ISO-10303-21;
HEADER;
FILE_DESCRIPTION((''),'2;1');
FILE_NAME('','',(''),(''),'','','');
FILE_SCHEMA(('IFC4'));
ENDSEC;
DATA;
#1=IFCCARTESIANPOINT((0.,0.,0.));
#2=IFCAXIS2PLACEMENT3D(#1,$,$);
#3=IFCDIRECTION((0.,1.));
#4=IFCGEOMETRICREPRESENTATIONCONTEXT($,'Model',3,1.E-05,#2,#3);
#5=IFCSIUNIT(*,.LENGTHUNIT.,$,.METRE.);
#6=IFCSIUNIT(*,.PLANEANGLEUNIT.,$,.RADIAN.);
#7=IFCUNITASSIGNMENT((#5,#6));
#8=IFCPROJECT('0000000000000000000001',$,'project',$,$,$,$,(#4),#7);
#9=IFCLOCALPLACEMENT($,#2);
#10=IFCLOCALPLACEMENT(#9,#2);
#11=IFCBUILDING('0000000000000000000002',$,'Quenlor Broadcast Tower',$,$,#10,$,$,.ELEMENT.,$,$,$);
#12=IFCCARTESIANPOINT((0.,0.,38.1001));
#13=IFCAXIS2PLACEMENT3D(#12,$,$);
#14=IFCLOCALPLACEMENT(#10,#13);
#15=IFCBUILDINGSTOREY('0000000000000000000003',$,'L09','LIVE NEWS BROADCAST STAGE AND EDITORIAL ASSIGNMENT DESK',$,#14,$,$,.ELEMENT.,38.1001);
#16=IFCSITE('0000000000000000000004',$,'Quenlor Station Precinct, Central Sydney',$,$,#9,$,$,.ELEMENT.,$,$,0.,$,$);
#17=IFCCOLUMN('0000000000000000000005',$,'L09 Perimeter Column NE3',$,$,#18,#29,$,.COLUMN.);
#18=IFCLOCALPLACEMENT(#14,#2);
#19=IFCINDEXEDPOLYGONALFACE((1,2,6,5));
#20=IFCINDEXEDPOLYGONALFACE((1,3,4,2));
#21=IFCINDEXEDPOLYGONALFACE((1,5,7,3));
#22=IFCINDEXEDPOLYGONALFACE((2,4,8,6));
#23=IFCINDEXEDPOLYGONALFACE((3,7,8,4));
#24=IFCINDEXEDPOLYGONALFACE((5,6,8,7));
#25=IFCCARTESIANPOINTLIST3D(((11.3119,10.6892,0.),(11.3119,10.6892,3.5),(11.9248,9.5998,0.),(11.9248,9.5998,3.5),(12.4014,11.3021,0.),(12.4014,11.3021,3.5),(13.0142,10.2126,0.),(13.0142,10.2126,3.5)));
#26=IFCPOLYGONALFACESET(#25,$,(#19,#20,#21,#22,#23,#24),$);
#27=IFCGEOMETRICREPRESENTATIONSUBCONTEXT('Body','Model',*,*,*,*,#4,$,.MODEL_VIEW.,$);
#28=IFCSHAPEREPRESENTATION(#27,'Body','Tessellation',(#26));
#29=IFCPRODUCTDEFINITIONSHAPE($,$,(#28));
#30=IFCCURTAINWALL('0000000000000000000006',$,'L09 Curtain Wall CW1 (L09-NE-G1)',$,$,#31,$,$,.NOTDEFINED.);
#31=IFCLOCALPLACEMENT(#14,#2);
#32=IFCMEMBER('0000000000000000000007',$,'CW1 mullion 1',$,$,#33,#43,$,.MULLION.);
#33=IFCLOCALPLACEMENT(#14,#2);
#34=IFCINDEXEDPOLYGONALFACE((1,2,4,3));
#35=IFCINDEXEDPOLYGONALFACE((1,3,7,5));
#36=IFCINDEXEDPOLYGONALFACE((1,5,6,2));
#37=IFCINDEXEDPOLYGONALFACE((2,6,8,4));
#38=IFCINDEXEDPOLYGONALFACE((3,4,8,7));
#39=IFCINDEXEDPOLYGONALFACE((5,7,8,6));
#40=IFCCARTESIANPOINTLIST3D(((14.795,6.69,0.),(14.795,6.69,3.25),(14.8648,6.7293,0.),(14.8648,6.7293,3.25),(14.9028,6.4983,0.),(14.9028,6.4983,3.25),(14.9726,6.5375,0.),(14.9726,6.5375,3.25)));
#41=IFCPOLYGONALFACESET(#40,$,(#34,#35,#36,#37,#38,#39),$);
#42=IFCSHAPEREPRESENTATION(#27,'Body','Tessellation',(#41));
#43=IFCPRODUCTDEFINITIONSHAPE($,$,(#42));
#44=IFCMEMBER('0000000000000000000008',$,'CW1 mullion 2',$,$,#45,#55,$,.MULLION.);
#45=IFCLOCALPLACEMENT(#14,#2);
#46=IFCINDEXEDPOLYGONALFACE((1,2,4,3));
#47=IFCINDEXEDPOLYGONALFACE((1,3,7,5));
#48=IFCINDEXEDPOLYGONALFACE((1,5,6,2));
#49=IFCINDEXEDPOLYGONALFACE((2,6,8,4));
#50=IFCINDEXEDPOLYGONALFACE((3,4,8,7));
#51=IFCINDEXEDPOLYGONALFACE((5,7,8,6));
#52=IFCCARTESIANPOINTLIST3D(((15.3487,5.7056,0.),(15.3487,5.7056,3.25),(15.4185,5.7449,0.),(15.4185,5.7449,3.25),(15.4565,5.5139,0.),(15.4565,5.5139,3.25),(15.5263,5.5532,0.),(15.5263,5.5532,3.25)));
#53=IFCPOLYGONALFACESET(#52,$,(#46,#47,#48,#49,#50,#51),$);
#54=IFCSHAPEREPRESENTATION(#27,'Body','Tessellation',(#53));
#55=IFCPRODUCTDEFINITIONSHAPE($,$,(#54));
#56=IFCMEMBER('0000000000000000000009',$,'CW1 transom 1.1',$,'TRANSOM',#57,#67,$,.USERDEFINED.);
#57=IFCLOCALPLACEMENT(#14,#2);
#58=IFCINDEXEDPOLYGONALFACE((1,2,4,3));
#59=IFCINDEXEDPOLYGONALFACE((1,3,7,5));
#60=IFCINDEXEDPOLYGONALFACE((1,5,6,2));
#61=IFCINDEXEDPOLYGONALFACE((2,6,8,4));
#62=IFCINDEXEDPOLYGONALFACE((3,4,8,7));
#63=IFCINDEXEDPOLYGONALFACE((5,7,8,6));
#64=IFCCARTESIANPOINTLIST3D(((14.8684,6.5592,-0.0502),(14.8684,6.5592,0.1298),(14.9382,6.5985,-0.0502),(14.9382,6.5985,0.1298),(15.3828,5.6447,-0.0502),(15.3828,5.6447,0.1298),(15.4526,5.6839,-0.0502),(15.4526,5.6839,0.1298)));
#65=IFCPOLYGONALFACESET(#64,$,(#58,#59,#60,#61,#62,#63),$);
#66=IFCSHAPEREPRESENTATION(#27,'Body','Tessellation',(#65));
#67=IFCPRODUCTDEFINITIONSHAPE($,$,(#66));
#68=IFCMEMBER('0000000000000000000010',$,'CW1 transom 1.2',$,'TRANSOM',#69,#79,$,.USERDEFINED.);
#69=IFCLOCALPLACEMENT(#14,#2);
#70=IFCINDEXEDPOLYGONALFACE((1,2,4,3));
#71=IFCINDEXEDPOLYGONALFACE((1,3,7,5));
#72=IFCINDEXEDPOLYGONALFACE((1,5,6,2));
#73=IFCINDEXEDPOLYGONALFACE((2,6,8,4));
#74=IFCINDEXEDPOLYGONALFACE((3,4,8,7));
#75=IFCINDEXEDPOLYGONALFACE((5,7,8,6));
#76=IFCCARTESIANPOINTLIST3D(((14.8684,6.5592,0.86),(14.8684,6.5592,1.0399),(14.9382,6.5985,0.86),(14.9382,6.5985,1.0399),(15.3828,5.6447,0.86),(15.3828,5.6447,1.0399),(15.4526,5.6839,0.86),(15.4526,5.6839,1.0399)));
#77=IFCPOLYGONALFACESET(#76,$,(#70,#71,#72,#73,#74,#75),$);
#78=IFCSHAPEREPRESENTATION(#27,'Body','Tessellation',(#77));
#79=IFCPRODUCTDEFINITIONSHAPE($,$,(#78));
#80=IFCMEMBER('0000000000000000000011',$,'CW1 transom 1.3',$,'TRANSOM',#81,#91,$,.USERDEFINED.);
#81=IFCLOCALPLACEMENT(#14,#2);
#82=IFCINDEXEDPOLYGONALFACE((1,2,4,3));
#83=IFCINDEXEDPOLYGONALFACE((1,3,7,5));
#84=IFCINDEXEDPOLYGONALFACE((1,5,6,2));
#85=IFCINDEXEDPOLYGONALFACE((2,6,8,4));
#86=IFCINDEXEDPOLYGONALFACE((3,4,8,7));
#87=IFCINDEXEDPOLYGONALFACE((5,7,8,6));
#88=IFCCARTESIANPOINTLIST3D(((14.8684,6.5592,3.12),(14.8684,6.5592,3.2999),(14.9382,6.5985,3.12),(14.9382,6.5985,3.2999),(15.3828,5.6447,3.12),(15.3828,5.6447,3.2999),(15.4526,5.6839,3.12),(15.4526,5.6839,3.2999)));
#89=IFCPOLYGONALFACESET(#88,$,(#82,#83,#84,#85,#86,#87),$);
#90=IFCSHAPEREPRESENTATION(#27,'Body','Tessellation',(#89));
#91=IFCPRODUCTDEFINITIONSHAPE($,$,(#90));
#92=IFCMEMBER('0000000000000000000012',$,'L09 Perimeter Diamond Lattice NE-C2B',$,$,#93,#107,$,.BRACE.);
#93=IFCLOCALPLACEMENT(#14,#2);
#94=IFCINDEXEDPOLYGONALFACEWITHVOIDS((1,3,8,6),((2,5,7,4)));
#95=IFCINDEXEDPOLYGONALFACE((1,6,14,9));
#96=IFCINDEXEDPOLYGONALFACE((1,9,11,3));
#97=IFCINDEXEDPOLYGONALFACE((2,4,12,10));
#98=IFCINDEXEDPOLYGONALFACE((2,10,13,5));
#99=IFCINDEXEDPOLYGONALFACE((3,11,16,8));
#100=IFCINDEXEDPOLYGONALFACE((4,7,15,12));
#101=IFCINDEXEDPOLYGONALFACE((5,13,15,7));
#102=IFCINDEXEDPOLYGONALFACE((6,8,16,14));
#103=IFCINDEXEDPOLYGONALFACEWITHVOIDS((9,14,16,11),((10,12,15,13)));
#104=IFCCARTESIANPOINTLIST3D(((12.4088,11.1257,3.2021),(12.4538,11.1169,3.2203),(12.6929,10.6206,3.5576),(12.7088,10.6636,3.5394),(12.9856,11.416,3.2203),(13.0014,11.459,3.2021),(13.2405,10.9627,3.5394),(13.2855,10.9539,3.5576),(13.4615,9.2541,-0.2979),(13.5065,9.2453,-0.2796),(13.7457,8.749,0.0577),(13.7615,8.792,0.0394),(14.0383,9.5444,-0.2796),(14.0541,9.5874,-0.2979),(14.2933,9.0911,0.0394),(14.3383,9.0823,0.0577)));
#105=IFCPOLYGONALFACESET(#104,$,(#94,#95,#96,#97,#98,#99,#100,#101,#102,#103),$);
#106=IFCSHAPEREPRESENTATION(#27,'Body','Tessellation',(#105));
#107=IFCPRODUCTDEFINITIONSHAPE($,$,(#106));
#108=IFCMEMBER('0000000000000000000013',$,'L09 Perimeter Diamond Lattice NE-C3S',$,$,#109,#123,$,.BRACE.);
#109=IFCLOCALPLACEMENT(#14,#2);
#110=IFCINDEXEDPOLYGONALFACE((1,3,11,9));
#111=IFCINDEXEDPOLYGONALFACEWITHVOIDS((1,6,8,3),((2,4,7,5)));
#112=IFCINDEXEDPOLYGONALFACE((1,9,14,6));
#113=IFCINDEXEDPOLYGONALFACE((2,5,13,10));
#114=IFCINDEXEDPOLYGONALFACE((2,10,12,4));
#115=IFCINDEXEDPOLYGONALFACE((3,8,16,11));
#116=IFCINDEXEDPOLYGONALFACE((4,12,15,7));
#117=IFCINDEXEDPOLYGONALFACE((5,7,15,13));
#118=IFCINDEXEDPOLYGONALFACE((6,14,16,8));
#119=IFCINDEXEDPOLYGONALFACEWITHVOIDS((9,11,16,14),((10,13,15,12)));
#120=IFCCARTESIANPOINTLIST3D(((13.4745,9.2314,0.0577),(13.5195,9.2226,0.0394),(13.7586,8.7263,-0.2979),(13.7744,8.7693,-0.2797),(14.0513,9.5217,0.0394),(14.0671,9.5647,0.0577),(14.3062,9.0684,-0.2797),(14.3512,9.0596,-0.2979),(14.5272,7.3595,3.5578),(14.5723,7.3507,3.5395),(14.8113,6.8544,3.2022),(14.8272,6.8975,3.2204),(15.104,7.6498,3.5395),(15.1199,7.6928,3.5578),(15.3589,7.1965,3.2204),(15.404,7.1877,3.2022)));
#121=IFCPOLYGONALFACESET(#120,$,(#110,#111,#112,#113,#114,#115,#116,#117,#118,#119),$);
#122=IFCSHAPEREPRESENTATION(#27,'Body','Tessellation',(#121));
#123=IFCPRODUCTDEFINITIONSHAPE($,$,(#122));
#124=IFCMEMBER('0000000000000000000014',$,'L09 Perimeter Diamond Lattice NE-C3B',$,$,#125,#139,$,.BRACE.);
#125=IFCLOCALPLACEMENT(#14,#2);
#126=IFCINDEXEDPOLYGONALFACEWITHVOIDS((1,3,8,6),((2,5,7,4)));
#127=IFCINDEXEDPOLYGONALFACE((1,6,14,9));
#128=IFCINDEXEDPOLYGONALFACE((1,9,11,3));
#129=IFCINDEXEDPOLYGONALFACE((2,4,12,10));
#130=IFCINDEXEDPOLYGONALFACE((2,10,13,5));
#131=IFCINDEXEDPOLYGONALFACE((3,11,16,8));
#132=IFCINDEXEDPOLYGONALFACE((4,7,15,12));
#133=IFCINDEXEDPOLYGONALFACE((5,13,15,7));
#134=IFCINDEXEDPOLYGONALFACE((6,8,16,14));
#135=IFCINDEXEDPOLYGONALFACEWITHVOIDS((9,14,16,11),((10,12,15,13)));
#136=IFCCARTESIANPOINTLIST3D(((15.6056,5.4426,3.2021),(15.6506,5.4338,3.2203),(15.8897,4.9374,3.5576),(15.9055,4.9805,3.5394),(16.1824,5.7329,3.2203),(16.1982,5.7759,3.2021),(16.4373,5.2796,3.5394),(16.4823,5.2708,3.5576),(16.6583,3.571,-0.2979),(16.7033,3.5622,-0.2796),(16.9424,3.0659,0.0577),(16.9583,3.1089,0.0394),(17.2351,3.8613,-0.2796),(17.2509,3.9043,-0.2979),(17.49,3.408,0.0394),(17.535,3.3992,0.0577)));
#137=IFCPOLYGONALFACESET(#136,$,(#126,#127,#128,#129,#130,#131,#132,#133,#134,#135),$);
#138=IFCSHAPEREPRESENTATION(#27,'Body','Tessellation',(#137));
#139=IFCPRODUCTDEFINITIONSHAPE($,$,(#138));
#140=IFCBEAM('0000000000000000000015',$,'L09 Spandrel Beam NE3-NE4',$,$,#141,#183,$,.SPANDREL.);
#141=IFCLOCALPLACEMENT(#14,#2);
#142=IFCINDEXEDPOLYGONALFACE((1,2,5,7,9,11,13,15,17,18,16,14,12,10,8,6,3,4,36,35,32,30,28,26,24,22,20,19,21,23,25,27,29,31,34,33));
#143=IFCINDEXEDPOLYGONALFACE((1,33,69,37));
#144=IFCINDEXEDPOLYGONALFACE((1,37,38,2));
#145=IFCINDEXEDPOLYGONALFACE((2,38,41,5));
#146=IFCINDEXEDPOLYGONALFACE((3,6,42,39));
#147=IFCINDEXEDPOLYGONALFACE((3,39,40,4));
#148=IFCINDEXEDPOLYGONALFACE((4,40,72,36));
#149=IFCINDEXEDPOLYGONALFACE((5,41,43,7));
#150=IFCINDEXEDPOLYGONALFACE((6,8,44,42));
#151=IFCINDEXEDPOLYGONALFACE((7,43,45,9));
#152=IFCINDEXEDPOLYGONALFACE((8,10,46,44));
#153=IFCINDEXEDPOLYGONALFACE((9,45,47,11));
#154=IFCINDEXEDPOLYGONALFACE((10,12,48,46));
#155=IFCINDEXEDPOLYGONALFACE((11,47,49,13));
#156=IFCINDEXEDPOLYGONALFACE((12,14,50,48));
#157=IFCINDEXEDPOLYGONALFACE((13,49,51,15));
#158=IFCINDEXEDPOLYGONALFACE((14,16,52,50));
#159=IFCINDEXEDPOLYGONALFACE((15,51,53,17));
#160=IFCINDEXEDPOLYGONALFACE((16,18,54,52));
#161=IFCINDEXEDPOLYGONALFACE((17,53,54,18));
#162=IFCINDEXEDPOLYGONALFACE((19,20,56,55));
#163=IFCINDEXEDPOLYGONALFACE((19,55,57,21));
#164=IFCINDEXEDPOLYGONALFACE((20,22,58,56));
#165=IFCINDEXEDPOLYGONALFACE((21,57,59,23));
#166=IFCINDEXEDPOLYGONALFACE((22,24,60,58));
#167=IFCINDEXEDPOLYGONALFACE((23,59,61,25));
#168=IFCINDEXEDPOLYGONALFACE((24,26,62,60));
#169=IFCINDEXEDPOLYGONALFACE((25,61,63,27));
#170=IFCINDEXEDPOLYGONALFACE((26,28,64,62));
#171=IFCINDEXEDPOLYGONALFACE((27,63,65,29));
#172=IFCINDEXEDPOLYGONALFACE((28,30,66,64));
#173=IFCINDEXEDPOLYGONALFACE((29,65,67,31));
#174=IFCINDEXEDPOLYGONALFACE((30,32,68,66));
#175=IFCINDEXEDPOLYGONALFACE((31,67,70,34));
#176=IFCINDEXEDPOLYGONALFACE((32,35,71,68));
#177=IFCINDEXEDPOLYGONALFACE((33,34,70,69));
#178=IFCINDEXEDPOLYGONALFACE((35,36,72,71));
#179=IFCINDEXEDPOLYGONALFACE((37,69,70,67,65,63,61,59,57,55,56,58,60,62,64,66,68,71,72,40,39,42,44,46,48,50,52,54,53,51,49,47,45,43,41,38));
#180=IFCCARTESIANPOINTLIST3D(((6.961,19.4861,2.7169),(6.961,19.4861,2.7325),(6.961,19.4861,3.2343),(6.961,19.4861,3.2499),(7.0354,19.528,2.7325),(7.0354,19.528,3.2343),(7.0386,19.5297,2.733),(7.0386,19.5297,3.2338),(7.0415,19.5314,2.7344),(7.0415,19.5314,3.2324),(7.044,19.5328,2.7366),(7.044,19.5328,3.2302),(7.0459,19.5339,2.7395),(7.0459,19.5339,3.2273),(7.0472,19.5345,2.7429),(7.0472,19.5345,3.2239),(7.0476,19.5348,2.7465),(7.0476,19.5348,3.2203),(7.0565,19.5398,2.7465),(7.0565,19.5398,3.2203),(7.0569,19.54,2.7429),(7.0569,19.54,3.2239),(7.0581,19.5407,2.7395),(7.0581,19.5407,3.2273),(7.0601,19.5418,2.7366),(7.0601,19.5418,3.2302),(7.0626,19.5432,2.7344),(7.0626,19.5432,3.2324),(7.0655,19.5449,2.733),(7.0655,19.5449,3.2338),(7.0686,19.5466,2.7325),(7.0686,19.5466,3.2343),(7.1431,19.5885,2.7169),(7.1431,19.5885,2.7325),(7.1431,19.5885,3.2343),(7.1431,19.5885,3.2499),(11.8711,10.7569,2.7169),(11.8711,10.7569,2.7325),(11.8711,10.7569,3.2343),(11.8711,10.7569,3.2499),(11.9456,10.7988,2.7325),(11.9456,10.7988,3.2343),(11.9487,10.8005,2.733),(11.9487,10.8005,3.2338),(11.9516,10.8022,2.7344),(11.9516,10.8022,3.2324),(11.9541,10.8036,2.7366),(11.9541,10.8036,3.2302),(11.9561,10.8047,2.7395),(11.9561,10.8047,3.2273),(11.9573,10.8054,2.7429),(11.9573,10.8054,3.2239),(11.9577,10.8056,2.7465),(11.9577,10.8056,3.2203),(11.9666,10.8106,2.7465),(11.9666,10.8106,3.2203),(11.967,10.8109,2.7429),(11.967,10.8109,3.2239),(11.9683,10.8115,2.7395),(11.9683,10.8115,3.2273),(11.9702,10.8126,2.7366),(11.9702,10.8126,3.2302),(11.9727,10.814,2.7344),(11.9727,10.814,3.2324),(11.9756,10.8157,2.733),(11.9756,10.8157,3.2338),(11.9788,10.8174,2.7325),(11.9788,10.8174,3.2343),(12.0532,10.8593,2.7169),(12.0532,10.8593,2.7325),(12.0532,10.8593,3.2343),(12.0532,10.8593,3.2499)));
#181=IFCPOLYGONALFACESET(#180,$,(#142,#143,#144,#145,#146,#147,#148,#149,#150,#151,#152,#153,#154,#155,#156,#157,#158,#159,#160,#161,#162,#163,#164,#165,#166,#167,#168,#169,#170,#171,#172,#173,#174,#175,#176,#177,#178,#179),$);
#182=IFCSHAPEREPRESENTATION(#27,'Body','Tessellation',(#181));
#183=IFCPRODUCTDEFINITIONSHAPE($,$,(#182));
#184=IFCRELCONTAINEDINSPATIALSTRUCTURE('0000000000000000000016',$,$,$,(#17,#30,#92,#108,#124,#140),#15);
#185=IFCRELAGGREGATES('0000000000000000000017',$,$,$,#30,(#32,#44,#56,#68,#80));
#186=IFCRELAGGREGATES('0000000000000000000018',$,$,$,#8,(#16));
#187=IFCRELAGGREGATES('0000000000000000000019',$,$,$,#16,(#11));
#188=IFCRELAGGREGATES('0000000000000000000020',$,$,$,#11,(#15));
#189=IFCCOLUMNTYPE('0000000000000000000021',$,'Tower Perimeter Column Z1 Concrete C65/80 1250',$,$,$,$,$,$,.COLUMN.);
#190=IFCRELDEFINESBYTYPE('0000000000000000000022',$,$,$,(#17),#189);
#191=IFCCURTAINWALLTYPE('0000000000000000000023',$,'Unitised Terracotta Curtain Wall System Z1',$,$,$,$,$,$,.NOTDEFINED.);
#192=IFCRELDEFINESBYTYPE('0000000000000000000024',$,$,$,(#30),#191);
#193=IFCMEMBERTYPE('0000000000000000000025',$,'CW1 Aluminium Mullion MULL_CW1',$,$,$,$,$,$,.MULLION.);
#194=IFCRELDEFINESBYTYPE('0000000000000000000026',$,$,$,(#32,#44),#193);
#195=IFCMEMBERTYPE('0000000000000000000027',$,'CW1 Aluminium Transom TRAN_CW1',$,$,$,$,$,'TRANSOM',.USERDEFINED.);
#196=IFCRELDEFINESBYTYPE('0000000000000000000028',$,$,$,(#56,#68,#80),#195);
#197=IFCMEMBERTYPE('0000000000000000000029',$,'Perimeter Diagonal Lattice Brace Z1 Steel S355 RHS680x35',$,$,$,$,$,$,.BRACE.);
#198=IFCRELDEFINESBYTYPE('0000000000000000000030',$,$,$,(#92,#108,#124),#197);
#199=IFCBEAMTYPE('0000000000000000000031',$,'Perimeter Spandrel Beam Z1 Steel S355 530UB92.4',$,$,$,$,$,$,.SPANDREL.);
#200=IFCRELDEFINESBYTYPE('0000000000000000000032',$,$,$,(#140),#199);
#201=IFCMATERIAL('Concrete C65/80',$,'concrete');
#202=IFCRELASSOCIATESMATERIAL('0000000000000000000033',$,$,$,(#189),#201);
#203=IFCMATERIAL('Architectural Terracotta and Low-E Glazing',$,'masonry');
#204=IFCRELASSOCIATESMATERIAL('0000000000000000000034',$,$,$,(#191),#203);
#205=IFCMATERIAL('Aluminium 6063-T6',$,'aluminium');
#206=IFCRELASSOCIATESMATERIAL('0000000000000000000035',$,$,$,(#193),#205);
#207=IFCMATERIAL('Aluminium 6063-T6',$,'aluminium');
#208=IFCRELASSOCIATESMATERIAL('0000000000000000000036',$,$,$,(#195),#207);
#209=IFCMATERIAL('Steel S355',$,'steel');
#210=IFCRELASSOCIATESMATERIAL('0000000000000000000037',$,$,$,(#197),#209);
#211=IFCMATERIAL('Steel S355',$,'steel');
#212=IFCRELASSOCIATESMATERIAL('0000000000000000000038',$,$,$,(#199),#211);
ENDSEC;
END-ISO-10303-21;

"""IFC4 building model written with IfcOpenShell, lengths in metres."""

from ifc_helpers import new_model, si_unit, direction, frame, origin, origin_2d, place, context, subcontext, project, spatial, rectangle, hollow_rectangle, i_section, extrude, material, material_profile, profile_set, type_object, element, aggregate, save


model = new_model("IFC4")

# Units and contexts
model_context = context("Model", 3, precision=1e-05, world=origin(), true_north=direction((0.0, 1.0)))
body_context = subcontext(model_context, "Body", "Model", "MODEL_VIEW")
ifc_project = project(units=[si_unit("LENGTHUNIT", "METRE"), si_unit("PLANEANGLEUNIT", "RADIAN")], contexts=[model_context])

# Site, building, storey
site_placement = place(None, origin())
site = spatial("IfcSite", under=ifc_project, at=site_placement, Name="Quenlor Station Precinct, Central Sydney", CompositionType="ELEMENT", RefElevation=0.0)
building_placement = place(site_placement, origin())
building = spatial("IfcBuilding", under=site, at=building_placement, Name="Quenlor Broadcast Tower", CompositionType="ELEMENT")
storey_placement = place(building_placement, frame((0.0, 0.0, 38.1001)))
storey = spatial("IfcBuildingStorey", under=building, at=storey_placement, Name="L09", Description="LIVE NEWS BROADCAST STAGE AND EDITORIAL ASSIGNMENT DESK", CompositionType="ELEMENT", Elevation=38.1001)

# Column
ifc_material_1 = material(Name="Concrete C65/80", Category="concrete")
ifc_material_profile_1 = material_profile(ifc_material_1, rectangle(XDim=1.25, YDim=1.25, at=origin_2d()))
ifc_profile_set_1 = profile_set([ifc_material_profile_1], Name="Concrete C65/80 RC1250x1250")
column_type = type_object("IfcColumnType", Name="Tower Perimeter Column Z1 Concrete C65/80 1250", PredefinedType="COLUMN", material=ifc_profile_set_1)
column_placement = place(storey_placement, frame((12.1631, 10.4509, 0.0), z_axis=(0.0, 0.0, 1.0), x_axis=(0.871575, 0.490262, 0.0)))
element("IfcColumn", 1, at=column_placement, inside=storey, type_object=column_type, Name="L09 Perimeter Column NE3", PredefinedType="COLUMN", context=body_context, shape_type="SweptSolid", body=[
    extrude(rectangle(XDim=1.25, YDim=1.25, at=origin_2d()), origin(), (0.0, 0.0, 1.0), 3.5),
])

# Curtain wall, members
ifc_material_2 = material(Name="Architectural Terracotta and Low-E Glazing", Category="masonry")
curtain_wall_type = type_object("IfcCurtainWallType", Name="Unitised Terracotta Curtain Wall System Z1", PredefinedType="NOTDEFINED", material=ifc_material_2)
curtain_wall_placement = place(storey_placement, origin())
curtain_wall = element("IfcCurtainWall", 2, at=curtain_wall_placement, inside=storey, type_object=curtain_wall_type, Name="L09 Curtain Wall CW1 (L09-NE-G1)", PredefinedType="NOTDEFINED")
ifc_material_3 = material(Name="Aluminium 6063-T6", Category="aluminium")
ifc_material_profile_2 = material_profile(ifc_material_3, rectangle(XDim=0.0801, YDim=0.22, at=origin_2d()))
ifc_profile_set_2 = profile_set([ifc_material_profile_2], Name="Aluminium 6063-T6 MULL80x220")
member_type_1 = type_object("IfcMemberType", Name="CW1 Aluminium Mullion MULL_CW1", PredefinedType="MULLION", material=ifc_profile_set_2)
member_1_placement = place(storey_placement, frame((14.8838, 6.6138, 0.0), z_axis=(0.0, 0.0, 1.0), x_axis=(0.871567, 0.490277, 0.0)))
member_1 = element("IfcMember", 3, at=member_1_placement, type_object=member_type_1, Name="CW1 mullion 1", PredefinedType="MULLION", context=body_context, shape_type="SweptSolid", body=[
    extrude(rectangle(XDim=0.0801, YDim=0.22, at=origin_2d()), origin(), (0.0, 0.0, 1.0), 3.25),
])
member_2_placement = place(storey_placement, frame((15.4375, 5.6294, 0.0), z_axis=(0.0, 0.0, 1.0), x_axis=(0.871567, 0.490277, 0.0)))
member_2 = element("IfcMember", 4, at=member_2_placement, type_object=member_type_1, Name="CW1 mullion 2", PredefinedType="MULLION", context=body_context, shape_type="SweptSolid", body=[
    extrude(rectangle(XDim=0.0801, YDim=0.22, at=origin_2d()), origin(), (0.0, 0.0, 1.0), 3.25),
])
ifc_material_4 = material(Name="Aluminium 6063-T6", Category="aluminium")
ifc_material_profile_3 = material_profile(ifc_material_4, rectangle(XDim=0.0801, YDim=0.1799, at=origin_2d()))
ifc_profile_set_3 = profile_set([ifc_material_profile_3], Name="Aluminium 6063-T6 TRAN80x180")
member_type_2 = type_object("IfcMemberType", Name="CW1 Aluminium Transom TRAN_CW1", ElementType="TRANSOM", PredefinedType="USERDEFINED", material=ifc_profile_set_3)
member_3_placement = place(storey_placement, frame((14.9033, 6.5789, 0.0398), z_axis=(0.490239, -0.871588, 0.0), x_axis=(0.871588, 0.490239, 0.0)))
member_3 = element("IfcMember", 5, at=member_3_placement, type_object=member_type_2, Name="CW1 transom 1.1", ObjectType="TRANSOM", PredefinedType="USERDEFINED", context=body_context, shape_type="SweptSolid", body=[
    extrude(rectangle(XDim=0.0801, YDim=0.1799, at=origin_2d()), origin(), (0.0, 0.0, 1.0), 1.0493),
])
member_4_placement = place(storey_placement, frame((14.9033, 6.5789, 0.95), z_axis=(0.490239, -0.871588, 0.0), x_axis=(0.871588, 0.490239, 0.0)))
member_4 = element("IfcMember", 6, at=member_4_placement, type_object=member_type_2, Name="CW1 transom 1.2", ObjectType="TRANSOM", PredefinedType="USERDEFINED", context=body_context, shape_type="SweptSolid", body=[
    extrude(rectangle(XDim=0.0801, YDim=0.1799, at=origin_2d()), origin(), (0.0, 0.0, 1.0), 1.0493),
])
member_5_placement = place(storey_placement, frame((14.9033, 6.5789, 3.21), z_axis=(0.490239, -0.871588, 0.0), x_axis=(0.871588, 0.490239, 0.0)))
member_5 = element("IfcMember", 7, at=member_5_placement, type_object=member_type_2, Name="CW1 transom 1.3", ObjectType="TRANSOM", PredefinedType="USERDEFINED", context=body_context, shape_type="SweptSolid", body=[
    extrude(rectangle(XDim=0.0801, YDim=0.1799, at=origin_2d()), origin(), (0.0, 0.0, 1.0), 1.0493),
])

# Members
ifc_material_5 = material(Name="Steel S355", Category="steel")
ifc_material_profile_4 = material_profile(ifc_material_5, hollow_rectangle(XDim=0.6799, YDim=0.6799, WallThickness=0.0349, at=origin_2d()))
ifc_profile_set_4 = profile_set([ifc_material_profile_4], Name="Steel S355 RHS680x680x35")
member_type_3 = type_object("IfcMemberType", Name="Perimeter Diagonal Lattice Brace Z1 Steel S355 RHS680x35", PredefinedType="BRACE", material=ifc_profile_set_4)
member_6_placement = place(storey_placement, frame((13.8999, 9.1682, -0.1201), z_axis=(-0.256375, 0.455792, 0.852365), x_axis=(-0.871582, -0.49025, 0.0)))
element("IfcMember", 8, at=member_6_placement, inside=storey, type_object=member_type_3, Name="L09 Perimeter Diamond Lattice NE-C2B", PredefinedType="BRACE", context=body_context, shape_type="SweptSolid", body=[
    extrude(hollow_rectangle(XDim=0.6799, YDim=0.6799, WallThickness=0.0349, at=origin_2d()), origin(), (0.0, 0.0, 1.0), 4.1062),
])
member_7_placement = place(storey_placement, frame((13.9128, 9.1455, -0.1201), z_axis=(0.256368, -0.455839, 0.852342), x_axis=(0.871609, 0.490202, 0.0)))
element("IfcMember", 9, at=member_7_placement, inside=storey, type_object=member_type_3, Name="L09 Perimeter Diamond Lattice NE-C3S", PredefinedType="BRACE", context=body_context, shape_type="SweptSolid", body=[
    extrude(hollow_rectangle(XDim=0.6799, YDim=0.6799, WallThickness=0.0349, at=origin_2d()), origin(), (0.0, 0.0, 1.0), 4.1064),
])
member_8_placement = place(storey_placement, frame((17.0967, 3.4851, -0.1201), z_axis=(-0.256375, 0.455792, 0.852365), x_axis=(-0.871582, -0.49025, 0.0)))
element("IfcMember", 10, at=member_8_placement, inside=storey, type_object=member_type_3, Name="L09 Perimeter Diamond Lattice NE-C3B", PredefinedType="BRACE", context=body_context, shape_type="SweptSolid", body=[
    extrude(hollow_rectangle(XDim=0.6799, YDim=0.6799, WallThickness=0.0349, at=origin_2d()), origin(), (0.0, 0.0, 1.0), 4.1062),
])

# Beam
ifc_material_6 = material(Name="Steel S355", Category="steel")
ifc_material_profile_5 = material_profile(ifc_material_6, i_section(OverallWidth=0.209, OverallDepth=0.533, WebThickness=0.0103, FlangeThickness=0.0156, FilletRadius=0.0139, at=origin_2d()))
ifc_profile_set_5 = profile_set([ifc_material_profile_5], Name="Steel S355 530UB92.4")
beam_type_1 = type_object("IfcBeamType", Name="Perimeter Spandrel Beam Z1 Steel S355 530UB92.4", PredefinedType="SPANDREL", material=ifc_profile_set_5)
beam_1_placement = place(storey_placement, frame((11.9622, 10.8081, 2.9834), z_axis=(-0.490258, 0.871577, 0.0), x_axis=(-0.871577, -0.490258, 0.0)))
element("IfcBeam", 11, at=beam_1_placement, inside=storey, type_object=beam_type_1, Name="L09 Spandrel Beam NE3-NE4", PredefinedType="SPANDREL", context=body_context, shape_type="SweptSolid", body=[
    extrude(i_section(OverallWidth=0.209, OverallDepth=0.533, WebThickness=0.0103, FlangeThickness=0.0156, FilletRadius=0.0139, at=origin_2d()), origin(), (0.0, 0.0, 1.0), 10.0154),
])

aggregate(curtain_wall, [member_1, member_2, member_3, member_4, member_5])

save(model, "model.ifc")
